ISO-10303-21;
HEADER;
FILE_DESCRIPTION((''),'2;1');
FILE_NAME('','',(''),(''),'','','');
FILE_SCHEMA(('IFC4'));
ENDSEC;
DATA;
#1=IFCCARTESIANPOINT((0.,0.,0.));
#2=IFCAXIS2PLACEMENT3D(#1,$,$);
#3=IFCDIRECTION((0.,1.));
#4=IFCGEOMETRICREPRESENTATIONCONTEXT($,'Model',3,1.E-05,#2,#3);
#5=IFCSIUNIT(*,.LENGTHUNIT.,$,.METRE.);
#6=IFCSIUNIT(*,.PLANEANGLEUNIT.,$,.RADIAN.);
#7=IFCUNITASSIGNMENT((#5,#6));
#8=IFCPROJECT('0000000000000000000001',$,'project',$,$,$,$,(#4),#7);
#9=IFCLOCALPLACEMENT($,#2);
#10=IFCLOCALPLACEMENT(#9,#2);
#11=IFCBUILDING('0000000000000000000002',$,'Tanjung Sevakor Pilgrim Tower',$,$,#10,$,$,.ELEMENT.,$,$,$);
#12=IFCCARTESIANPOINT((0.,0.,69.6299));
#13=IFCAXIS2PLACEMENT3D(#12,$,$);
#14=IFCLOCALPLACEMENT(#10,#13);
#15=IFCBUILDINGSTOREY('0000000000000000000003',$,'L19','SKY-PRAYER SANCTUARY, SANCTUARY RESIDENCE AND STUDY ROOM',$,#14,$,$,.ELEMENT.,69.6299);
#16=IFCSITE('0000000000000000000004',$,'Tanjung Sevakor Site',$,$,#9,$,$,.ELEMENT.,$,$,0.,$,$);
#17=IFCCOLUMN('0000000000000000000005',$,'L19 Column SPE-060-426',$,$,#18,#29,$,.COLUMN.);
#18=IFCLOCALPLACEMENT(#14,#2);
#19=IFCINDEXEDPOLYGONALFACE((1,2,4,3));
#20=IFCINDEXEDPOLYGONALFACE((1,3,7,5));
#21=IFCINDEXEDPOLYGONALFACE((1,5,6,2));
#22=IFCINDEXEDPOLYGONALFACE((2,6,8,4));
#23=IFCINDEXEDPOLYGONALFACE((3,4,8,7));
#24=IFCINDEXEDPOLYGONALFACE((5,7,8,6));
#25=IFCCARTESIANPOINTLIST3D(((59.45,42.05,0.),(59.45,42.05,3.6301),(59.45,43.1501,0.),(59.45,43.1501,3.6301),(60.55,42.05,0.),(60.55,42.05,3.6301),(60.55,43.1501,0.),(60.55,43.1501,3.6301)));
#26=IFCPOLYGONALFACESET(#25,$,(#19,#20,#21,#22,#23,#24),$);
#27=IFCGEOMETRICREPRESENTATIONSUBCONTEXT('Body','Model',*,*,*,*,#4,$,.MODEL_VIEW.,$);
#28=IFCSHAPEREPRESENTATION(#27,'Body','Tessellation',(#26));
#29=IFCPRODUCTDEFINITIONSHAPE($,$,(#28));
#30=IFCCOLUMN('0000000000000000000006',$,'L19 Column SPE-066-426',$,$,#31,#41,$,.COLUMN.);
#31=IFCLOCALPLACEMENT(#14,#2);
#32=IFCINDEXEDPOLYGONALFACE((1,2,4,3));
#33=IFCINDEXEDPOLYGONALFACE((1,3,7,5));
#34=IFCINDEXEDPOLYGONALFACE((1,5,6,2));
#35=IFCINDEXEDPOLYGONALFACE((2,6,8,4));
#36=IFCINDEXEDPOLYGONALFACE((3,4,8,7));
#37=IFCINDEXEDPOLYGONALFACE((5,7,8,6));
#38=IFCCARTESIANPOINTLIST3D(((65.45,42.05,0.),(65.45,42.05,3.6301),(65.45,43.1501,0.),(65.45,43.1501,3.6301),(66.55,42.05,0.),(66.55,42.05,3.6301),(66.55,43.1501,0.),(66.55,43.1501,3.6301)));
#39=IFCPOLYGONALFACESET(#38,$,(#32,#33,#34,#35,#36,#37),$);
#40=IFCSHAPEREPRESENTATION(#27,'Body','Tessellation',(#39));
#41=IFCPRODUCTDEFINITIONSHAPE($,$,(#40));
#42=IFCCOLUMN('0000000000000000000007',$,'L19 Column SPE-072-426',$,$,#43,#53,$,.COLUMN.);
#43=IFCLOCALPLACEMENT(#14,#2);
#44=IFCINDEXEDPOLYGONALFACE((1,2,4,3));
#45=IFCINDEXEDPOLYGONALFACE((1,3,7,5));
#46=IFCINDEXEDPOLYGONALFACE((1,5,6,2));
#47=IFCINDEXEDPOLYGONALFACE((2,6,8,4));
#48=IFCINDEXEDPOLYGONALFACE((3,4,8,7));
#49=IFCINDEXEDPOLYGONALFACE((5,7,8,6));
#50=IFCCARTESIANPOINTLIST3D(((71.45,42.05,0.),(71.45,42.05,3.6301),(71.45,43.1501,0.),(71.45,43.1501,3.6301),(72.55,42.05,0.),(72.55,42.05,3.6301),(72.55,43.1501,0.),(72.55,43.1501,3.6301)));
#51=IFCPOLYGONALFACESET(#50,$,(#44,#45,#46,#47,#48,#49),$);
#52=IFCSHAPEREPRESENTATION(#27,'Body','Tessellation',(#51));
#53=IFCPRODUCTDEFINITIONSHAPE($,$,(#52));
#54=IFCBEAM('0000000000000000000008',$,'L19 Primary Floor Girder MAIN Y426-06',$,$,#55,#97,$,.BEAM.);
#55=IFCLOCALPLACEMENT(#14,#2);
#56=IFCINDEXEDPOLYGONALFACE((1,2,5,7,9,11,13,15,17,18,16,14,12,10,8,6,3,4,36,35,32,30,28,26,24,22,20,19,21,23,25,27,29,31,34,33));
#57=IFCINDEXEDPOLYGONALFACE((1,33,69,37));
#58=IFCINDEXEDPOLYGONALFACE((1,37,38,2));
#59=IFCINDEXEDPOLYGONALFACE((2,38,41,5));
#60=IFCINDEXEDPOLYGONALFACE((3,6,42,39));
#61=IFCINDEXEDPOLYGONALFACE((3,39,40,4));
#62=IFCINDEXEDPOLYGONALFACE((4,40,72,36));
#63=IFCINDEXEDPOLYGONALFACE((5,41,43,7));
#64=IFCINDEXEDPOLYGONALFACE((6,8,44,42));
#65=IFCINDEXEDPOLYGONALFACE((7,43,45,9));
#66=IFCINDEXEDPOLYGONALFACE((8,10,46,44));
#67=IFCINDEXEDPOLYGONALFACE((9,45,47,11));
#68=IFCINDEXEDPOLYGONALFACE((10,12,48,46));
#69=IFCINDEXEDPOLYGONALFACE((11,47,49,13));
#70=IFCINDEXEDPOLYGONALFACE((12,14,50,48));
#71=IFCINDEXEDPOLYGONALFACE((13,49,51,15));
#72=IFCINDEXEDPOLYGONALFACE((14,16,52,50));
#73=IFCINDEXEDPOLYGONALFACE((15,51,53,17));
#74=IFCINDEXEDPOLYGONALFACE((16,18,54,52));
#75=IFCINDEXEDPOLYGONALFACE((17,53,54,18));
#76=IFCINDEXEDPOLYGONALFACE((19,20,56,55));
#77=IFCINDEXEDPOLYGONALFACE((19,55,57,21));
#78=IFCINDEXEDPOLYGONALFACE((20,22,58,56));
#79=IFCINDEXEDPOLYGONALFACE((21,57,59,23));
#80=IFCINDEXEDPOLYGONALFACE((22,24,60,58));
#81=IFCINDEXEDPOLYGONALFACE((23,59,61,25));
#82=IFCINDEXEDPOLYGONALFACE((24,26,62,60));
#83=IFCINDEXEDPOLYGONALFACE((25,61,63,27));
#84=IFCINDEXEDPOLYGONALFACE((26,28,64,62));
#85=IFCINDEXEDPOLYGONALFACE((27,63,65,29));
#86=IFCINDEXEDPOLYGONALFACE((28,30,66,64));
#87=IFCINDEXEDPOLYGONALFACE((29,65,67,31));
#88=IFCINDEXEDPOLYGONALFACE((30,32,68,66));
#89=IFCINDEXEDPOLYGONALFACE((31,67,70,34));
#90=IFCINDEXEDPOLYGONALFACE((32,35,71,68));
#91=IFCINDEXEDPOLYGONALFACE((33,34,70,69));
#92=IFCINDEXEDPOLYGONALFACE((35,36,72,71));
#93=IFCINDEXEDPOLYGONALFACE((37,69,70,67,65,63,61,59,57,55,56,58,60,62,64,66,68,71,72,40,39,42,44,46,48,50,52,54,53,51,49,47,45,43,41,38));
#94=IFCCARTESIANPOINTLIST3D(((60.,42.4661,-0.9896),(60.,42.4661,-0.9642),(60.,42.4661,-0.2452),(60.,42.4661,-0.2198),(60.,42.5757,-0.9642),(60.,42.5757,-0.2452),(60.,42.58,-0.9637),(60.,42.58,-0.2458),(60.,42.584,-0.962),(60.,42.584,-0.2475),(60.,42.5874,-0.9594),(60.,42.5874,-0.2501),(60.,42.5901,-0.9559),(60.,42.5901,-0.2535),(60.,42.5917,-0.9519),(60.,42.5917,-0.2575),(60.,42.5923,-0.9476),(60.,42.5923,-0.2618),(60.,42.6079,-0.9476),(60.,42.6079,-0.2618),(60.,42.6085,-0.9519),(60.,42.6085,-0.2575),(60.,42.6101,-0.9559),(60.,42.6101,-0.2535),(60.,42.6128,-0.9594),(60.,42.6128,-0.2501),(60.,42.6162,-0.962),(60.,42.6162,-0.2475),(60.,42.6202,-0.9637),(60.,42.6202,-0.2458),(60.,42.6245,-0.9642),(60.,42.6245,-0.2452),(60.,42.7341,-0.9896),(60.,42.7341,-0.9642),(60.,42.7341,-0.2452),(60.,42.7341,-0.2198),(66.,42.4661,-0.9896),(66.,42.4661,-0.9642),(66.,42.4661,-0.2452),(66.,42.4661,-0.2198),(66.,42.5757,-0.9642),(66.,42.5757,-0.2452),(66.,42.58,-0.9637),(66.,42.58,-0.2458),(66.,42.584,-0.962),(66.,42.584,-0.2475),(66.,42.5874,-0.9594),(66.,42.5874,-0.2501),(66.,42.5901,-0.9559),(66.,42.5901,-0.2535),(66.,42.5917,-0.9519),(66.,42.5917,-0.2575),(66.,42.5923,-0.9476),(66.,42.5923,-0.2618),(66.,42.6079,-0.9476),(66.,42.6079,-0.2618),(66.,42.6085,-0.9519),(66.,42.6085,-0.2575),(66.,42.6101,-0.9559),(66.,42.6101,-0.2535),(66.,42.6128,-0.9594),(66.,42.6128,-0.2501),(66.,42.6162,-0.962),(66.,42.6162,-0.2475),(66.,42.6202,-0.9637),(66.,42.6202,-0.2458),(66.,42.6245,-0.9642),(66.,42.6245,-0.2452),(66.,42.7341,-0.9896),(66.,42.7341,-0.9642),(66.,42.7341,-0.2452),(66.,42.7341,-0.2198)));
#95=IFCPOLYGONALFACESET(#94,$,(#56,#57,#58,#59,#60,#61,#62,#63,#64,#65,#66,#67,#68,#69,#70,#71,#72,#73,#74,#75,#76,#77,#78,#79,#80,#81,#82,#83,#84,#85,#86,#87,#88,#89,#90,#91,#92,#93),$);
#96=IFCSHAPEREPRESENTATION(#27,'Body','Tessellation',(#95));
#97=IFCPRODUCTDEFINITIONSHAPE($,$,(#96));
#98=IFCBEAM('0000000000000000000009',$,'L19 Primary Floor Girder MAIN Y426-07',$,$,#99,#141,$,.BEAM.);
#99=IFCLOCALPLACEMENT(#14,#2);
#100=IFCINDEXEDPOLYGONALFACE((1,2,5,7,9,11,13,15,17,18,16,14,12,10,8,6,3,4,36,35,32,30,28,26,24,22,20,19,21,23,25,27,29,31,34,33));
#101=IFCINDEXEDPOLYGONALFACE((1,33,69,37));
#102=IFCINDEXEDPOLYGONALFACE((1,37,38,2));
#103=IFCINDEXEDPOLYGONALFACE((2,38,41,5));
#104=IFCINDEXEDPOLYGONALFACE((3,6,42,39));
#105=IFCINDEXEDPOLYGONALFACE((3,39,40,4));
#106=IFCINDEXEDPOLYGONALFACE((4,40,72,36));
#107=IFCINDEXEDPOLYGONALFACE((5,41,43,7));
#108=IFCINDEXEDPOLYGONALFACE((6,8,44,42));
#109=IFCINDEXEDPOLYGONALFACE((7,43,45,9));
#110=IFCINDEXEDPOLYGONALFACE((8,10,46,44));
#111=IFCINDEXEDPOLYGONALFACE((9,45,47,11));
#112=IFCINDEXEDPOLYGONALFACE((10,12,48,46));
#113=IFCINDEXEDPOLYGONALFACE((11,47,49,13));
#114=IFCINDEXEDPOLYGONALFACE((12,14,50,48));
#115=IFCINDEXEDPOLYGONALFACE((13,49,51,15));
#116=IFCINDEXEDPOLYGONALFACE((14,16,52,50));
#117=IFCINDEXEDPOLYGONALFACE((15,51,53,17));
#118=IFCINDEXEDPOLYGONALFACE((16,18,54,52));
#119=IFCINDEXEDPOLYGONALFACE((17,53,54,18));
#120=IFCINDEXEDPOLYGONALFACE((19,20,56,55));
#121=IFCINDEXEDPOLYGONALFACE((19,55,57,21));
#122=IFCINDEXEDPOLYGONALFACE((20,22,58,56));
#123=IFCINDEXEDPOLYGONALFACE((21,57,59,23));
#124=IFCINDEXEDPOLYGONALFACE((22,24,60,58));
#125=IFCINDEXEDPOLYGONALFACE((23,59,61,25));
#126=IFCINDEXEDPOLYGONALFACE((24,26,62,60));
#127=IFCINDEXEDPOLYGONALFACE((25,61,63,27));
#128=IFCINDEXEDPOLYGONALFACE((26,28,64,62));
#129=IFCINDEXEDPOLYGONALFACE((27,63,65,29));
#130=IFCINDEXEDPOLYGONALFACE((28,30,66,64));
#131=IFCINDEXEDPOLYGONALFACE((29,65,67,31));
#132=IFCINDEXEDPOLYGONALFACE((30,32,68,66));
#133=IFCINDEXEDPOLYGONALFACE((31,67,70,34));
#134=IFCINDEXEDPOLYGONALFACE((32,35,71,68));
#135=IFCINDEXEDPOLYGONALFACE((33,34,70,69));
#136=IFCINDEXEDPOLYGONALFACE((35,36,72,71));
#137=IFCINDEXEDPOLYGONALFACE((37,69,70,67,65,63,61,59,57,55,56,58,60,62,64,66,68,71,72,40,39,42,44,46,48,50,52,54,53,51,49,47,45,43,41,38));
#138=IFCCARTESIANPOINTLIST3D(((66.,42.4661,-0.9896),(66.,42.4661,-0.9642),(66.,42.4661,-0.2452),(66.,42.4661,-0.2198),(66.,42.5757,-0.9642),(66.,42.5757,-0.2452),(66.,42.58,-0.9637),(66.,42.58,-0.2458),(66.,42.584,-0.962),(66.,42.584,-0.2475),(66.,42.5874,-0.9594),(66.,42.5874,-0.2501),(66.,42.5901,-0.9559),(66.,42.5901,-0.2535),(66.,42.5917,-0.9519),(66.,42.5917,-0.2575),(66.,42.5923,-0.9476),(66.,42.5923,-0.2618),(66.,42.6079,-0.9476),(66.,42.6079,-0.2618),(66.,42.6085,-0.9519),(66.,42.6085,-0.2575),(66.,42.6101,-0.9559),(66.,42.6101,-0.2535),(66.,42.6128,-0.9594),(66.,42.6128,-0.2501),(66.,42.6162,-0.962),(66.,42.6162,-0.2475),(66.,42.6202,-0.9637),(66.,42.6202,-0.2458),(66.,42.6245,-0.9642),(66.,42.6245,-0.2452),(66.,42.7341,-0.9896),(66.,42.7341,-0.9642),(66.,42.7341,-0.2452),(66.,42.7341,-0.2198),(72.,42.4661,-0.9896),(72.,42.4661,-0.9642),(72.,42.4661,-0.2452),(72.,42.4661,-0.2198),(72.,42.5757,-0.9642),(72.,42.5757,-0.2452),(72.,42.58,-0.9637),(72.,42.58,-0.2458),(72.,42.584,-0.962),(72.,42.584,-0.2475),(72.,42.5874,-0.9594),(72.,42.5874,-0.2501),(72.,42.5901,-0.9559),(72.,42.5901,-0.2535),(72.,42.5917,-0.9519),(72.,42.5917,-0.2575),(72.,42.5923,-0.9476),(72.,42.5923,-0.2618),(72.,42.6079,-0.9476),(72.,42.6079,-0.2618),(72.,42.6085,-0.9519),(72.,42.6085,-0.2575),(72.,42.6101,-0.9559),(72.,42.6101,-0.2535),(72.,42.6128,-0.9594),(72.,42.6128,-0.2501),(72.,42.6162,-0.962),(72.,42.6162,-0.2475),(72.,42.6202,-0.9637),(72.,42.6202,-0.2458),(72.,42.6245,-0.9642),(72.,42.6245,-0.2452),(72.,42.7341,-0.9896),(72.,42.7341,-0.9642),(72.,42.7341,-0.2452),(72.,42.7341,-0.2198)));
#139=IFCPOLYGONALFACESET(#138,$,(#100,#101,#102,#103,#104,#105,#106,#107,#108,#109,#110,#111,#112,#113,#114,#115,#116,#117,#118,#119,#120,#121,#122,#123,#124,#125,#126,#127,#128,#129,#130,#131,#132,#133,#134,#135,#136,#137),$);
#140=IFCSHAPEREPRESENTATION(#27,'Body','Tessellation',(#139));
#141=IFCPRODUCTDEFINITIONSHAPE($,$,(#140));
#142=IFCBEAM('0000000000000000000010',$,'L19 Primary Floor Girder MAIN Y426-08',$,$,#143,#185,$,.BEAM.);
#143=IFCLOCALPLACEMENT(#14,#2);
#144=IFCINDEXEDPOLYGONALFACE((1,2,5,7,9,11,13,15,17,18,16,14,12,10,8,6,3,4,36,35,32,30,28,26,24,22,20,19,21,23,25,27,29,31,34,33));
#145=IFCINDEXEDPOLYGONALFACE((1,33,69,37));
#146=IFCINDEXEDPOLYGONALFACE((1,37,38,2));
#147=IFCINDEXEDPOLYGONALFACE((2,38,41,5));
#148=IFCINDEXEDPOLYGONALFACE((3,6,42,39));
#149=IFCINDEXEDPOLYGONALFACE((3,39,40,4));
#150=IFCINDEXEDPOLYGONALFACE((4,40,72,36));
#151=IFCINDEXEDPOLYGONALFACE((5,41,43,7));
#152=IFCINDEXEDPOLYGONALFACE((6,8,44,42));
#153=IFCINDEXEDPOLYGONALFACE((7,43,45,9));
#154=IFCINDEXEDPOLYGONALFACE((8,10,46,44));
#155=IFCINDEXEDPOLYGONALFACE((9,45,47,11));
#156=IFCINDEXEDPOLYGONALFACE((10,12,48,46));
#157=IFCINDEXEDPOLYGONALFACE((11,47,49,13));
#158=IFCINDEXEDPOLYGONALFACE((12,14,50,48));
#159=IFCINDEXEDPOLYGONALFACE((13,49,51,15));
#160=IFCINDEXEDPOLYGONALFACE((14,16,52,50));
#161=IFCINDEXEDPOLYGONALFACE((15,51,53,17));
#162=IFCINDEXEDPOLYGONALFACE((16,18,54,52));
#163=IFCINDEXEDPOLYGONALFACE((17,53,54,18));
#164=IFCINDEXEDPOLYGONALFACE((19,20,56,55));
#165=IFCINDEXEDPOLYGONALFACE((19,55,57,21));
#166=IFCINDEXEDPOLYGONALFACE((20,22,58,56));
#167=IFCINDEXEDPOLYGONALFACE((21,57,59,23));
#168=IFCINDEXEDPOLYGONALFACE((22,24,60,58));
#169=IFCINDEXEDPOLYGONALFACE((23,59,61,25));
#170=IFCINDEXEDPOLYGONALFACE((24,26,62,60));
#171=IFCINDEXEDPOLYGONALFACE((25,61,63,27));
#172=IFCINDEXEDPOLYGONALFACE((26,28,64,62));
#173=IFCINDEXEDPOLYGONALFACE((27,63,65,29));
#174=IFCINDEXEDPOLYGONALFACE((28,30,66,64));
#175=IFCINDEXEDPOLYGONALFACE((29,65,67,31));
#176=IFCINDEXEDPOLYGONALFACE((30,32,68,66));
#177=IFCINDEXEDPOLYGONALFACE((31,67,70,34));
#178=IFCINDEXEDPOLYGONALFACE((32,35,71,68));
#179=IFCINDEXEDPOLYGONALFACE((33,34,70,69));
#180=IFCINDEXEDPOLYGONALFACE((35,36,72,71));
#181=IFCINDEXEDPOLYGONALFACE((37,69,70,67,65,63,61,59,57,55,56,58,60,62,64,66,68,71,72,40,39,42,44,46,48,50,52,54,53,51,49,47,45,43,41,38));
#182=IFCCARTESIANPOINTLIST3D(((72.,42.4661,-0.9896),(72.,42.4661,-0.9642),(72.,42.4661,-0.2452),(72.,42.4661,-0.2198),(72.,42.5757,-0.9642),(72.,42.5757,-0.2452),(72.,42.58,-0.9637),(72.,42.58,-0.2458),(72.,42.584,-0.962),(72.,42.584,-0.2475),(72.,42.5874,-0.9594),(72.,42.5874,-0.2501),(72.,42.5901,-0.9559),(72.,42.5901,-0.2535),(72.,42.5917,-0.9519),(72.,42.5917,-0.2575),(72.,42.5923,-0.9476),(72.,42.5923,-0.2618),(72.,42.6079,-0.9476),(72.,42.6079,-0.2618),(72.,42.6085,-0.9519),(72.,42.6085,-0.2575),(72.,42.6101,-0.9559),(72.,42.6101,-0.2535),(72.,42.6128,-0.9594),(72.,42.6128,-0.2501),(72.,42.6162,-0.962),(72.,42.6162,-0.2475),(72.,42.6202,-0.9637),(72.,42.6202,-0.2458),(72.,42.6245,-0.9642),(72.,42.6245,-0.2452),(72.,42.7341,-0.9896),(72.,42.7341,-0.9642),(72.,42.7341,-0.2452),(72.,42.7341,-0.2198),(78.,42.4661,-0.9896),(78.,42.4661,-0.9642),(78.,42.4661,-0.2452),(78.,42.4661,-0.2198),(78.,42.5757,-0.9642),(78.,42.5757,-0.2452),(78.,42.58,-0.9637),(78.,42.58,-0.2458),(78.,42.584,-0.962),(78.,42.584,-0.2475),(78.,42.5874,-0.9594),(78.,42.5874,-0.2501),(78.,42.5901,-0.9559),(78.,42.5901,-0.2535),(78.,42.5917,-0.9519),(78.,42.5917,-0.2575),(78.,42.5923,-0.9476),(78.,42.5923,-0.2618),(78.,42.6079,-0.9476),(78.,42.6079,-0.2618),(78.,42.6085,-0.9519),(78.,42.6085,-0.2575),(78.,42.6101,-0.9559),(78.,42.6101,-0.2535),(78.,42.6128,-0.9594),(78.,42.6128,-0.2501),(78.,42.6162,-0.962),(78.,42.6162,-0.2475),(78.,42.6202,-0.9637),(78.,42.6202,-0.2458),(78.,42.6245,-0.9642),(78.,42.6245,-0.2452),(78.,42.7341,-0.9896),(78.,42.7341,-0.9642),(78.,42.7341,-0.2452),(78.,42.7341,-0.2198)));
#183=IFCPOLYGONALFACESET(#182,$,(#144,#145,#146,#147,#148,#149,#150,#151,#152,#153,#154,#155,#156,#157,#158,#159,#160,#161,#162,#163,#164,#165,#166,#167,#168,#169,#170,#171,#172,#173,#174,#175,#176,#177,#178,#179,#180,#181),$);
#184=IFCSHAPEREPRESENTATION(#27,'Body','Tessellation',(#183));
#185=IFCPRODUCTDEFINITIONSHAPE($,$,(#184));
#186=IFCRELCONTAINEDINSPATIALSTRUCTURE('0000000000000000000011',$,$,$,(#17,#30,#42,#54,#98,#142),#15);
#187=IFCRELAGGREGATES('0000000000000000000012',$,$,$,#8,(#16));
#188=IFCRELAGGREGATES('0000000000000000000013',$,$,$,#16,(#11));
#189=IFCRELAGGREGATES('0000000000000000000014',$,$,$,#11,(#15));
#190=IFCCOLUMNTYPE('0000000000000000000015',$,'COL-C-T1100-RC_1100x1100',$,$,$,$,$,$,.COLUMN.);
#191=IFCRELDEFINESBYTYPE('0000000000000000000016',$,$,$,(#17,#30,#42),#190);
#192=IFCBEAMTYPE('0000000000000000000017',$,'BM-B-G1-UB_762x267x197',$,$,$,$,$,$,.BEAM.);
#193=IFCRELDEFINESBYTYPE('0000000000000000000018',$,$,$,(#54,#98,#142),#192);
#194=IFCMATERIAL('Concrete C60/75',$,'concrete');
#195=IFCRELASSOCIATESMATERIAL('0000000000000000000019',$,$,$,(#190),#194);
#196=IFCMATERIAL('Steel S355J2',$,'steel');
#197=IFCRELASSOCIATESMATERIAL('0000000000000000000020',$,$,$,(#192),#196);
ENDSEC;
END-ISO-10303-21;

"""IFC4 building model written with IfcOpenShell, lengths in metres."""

from ifc_helpers import new_model, si_unit, direction, frame, origin, origin_2d, place, context, subcontext, project, spatial, rectangle, i_section, extrude, material, material_profile, profile_set, type_object, element, save


model = new_model("IFC4")

# Units and contexts
model_context = context("Model", 3, precision=1e-05, world=origin(), true_north=direction((0.0, 1.0)))
body_context = subcontext(model_context, "Body", "Model", "MODEL_VIEW")
ifc_project = project(units=[si_unit("LENGTHUNIT", "METRE"), si_unit("PLANEANGLEUNIT", "RADIAN")], contexts=[model_context])

# Site, building, storey
site_placement = place(None, origin())
site = spatial("IfcSite", under=ifc_project, at=site_placement, Name="Tanjung Sevakor Site", CompositionType="ELEMENT", RefElevation=0.0)
building_placement = place(site_placement, origin())
building = spatial("IfcBuilding", under=site, at=building_placement, Name="Tanjung Sevakor Pilgrim Tower", CompositionType="ELEMENT")
storey_placement = place(building_placement, frame((0.0, 0.0, 69.6299)))
storey = spatial("IfcBuildingStorey", under=building, at=storey_placement, Name="L19", Description="SKY-PRAYER SANCTUARY, SANCTUARY RESIDENCE AND STUDY ROOM", CompositionType="ELEMENT", Elevation=69.6299)

# Columns
ifc_material_1 = material(Name="Concrete C60/75", Category="concrete")
ifc_material_profile_1 = material_profile(ifc_material_1, rectangle(XDim=1.1001, YDim=1.1001, at=origin_2d()))
ifc_profile_set_1 = profile_set([ifc_material_profile_1], Name="Concrete C60/75")
column_type = type_object("IfcColumnType", Name="COL-C-T1100-RC_1100x1100", PredefinedType="COLUMN", material=ifc_profile_set_1)
for number, where, z_axis, x_axis, name in (
    (1, (60.0, 42.6001, 0.0), (0.0, 0.0, 1.0), (1.0, 0.0, 0.0), "L19 Column SPE-060-426"),
    (2, (66.0, 42.6001, 0.0), (0.0, 0.0, 1.0), (1.0, 0.0, 0.0), "L19 Column SPE-066-426"),
    (3, (72.0, 42.6001, 0.0), (0.0, 0.0, 1.0), (1.0, 0.0, 0.0), "L19 Column SPE-072-426"),
):
    element("IfcColumn", number, at=place(storey_placement, frame(where, z_axis=z_axis, x_axis=x_axis)), inside=storey, type_object=column_type, Name=name, PredefinedType="COLUMN", context=body_context, shape_type="SweptSolid", body=[
        extrude(rectangle(XDim=1.1001, YDim=1.1001, at=origin_2d()), origin(), (0.0, 0.0, 1.0), 3.6301),
    ])

# Beams
ifc_material_2 = material(Name="Steel S355J2", Category="steel")
ifc_material_profile_2 = material_profile(ifc_material_2, i_section(OverallWidth=0.2681, OverallDepth=0.7698, WebThickness=0.0156, FlangeThickness=0.0254, FilletRadius=0.0166, at=origin_2d()))
ifc_profile_set_2 = profile_set([ifc_material_profile_2], Name="Steel S355J2")
beam_type_1 = type_object("IfcBeamType", Name="BM-B-G1-UB_762x267x197", PredefinedType="BEAM", material=ifc_profile_set_2)
for number, where, z_axis, x_axis, name in (
    (4, (60.0, 42.6001, -0.6047), (1.0, 0.0, 0.0), (0.0, 1.0, 0.0), "L19 Primary Floor Girder MAIN Y426-06"),
    (5, (66.0, 42.6001, -0.6047), (1.0, 0.0, 0.0), (0.0, 1.0, 0.0), "L19 Primary Floor Girder MAIN Y426-07"),
    (6, (72.0, 42.6001, -0.6047), (1.0, 0.0, 0.0), (0.0, 1.0, 0.0), "L19 Primary Floor Girder MAIN Y426-08"),
):
    element("IfcBeam", number, at=place(storey_placement, frame(where, z_axis=z_axis, x_axis=x_axis)), inside=storey, type_object=beam_type_1, Name=name, PredefinedType="BEAM", context=body_context, shape_type="SweptSolid", body=[
        extrude(i_section(OverallWidth=0.2681, OverallDepth=0.7698, WebThickness=0.0156, FlangeThickness=0.0254, FilletRadius=0.0166, at=origin_2d()), origin(), (0.0, 0.0, 1.0), 6.0),
    ])

save(model, "model.ifc")
